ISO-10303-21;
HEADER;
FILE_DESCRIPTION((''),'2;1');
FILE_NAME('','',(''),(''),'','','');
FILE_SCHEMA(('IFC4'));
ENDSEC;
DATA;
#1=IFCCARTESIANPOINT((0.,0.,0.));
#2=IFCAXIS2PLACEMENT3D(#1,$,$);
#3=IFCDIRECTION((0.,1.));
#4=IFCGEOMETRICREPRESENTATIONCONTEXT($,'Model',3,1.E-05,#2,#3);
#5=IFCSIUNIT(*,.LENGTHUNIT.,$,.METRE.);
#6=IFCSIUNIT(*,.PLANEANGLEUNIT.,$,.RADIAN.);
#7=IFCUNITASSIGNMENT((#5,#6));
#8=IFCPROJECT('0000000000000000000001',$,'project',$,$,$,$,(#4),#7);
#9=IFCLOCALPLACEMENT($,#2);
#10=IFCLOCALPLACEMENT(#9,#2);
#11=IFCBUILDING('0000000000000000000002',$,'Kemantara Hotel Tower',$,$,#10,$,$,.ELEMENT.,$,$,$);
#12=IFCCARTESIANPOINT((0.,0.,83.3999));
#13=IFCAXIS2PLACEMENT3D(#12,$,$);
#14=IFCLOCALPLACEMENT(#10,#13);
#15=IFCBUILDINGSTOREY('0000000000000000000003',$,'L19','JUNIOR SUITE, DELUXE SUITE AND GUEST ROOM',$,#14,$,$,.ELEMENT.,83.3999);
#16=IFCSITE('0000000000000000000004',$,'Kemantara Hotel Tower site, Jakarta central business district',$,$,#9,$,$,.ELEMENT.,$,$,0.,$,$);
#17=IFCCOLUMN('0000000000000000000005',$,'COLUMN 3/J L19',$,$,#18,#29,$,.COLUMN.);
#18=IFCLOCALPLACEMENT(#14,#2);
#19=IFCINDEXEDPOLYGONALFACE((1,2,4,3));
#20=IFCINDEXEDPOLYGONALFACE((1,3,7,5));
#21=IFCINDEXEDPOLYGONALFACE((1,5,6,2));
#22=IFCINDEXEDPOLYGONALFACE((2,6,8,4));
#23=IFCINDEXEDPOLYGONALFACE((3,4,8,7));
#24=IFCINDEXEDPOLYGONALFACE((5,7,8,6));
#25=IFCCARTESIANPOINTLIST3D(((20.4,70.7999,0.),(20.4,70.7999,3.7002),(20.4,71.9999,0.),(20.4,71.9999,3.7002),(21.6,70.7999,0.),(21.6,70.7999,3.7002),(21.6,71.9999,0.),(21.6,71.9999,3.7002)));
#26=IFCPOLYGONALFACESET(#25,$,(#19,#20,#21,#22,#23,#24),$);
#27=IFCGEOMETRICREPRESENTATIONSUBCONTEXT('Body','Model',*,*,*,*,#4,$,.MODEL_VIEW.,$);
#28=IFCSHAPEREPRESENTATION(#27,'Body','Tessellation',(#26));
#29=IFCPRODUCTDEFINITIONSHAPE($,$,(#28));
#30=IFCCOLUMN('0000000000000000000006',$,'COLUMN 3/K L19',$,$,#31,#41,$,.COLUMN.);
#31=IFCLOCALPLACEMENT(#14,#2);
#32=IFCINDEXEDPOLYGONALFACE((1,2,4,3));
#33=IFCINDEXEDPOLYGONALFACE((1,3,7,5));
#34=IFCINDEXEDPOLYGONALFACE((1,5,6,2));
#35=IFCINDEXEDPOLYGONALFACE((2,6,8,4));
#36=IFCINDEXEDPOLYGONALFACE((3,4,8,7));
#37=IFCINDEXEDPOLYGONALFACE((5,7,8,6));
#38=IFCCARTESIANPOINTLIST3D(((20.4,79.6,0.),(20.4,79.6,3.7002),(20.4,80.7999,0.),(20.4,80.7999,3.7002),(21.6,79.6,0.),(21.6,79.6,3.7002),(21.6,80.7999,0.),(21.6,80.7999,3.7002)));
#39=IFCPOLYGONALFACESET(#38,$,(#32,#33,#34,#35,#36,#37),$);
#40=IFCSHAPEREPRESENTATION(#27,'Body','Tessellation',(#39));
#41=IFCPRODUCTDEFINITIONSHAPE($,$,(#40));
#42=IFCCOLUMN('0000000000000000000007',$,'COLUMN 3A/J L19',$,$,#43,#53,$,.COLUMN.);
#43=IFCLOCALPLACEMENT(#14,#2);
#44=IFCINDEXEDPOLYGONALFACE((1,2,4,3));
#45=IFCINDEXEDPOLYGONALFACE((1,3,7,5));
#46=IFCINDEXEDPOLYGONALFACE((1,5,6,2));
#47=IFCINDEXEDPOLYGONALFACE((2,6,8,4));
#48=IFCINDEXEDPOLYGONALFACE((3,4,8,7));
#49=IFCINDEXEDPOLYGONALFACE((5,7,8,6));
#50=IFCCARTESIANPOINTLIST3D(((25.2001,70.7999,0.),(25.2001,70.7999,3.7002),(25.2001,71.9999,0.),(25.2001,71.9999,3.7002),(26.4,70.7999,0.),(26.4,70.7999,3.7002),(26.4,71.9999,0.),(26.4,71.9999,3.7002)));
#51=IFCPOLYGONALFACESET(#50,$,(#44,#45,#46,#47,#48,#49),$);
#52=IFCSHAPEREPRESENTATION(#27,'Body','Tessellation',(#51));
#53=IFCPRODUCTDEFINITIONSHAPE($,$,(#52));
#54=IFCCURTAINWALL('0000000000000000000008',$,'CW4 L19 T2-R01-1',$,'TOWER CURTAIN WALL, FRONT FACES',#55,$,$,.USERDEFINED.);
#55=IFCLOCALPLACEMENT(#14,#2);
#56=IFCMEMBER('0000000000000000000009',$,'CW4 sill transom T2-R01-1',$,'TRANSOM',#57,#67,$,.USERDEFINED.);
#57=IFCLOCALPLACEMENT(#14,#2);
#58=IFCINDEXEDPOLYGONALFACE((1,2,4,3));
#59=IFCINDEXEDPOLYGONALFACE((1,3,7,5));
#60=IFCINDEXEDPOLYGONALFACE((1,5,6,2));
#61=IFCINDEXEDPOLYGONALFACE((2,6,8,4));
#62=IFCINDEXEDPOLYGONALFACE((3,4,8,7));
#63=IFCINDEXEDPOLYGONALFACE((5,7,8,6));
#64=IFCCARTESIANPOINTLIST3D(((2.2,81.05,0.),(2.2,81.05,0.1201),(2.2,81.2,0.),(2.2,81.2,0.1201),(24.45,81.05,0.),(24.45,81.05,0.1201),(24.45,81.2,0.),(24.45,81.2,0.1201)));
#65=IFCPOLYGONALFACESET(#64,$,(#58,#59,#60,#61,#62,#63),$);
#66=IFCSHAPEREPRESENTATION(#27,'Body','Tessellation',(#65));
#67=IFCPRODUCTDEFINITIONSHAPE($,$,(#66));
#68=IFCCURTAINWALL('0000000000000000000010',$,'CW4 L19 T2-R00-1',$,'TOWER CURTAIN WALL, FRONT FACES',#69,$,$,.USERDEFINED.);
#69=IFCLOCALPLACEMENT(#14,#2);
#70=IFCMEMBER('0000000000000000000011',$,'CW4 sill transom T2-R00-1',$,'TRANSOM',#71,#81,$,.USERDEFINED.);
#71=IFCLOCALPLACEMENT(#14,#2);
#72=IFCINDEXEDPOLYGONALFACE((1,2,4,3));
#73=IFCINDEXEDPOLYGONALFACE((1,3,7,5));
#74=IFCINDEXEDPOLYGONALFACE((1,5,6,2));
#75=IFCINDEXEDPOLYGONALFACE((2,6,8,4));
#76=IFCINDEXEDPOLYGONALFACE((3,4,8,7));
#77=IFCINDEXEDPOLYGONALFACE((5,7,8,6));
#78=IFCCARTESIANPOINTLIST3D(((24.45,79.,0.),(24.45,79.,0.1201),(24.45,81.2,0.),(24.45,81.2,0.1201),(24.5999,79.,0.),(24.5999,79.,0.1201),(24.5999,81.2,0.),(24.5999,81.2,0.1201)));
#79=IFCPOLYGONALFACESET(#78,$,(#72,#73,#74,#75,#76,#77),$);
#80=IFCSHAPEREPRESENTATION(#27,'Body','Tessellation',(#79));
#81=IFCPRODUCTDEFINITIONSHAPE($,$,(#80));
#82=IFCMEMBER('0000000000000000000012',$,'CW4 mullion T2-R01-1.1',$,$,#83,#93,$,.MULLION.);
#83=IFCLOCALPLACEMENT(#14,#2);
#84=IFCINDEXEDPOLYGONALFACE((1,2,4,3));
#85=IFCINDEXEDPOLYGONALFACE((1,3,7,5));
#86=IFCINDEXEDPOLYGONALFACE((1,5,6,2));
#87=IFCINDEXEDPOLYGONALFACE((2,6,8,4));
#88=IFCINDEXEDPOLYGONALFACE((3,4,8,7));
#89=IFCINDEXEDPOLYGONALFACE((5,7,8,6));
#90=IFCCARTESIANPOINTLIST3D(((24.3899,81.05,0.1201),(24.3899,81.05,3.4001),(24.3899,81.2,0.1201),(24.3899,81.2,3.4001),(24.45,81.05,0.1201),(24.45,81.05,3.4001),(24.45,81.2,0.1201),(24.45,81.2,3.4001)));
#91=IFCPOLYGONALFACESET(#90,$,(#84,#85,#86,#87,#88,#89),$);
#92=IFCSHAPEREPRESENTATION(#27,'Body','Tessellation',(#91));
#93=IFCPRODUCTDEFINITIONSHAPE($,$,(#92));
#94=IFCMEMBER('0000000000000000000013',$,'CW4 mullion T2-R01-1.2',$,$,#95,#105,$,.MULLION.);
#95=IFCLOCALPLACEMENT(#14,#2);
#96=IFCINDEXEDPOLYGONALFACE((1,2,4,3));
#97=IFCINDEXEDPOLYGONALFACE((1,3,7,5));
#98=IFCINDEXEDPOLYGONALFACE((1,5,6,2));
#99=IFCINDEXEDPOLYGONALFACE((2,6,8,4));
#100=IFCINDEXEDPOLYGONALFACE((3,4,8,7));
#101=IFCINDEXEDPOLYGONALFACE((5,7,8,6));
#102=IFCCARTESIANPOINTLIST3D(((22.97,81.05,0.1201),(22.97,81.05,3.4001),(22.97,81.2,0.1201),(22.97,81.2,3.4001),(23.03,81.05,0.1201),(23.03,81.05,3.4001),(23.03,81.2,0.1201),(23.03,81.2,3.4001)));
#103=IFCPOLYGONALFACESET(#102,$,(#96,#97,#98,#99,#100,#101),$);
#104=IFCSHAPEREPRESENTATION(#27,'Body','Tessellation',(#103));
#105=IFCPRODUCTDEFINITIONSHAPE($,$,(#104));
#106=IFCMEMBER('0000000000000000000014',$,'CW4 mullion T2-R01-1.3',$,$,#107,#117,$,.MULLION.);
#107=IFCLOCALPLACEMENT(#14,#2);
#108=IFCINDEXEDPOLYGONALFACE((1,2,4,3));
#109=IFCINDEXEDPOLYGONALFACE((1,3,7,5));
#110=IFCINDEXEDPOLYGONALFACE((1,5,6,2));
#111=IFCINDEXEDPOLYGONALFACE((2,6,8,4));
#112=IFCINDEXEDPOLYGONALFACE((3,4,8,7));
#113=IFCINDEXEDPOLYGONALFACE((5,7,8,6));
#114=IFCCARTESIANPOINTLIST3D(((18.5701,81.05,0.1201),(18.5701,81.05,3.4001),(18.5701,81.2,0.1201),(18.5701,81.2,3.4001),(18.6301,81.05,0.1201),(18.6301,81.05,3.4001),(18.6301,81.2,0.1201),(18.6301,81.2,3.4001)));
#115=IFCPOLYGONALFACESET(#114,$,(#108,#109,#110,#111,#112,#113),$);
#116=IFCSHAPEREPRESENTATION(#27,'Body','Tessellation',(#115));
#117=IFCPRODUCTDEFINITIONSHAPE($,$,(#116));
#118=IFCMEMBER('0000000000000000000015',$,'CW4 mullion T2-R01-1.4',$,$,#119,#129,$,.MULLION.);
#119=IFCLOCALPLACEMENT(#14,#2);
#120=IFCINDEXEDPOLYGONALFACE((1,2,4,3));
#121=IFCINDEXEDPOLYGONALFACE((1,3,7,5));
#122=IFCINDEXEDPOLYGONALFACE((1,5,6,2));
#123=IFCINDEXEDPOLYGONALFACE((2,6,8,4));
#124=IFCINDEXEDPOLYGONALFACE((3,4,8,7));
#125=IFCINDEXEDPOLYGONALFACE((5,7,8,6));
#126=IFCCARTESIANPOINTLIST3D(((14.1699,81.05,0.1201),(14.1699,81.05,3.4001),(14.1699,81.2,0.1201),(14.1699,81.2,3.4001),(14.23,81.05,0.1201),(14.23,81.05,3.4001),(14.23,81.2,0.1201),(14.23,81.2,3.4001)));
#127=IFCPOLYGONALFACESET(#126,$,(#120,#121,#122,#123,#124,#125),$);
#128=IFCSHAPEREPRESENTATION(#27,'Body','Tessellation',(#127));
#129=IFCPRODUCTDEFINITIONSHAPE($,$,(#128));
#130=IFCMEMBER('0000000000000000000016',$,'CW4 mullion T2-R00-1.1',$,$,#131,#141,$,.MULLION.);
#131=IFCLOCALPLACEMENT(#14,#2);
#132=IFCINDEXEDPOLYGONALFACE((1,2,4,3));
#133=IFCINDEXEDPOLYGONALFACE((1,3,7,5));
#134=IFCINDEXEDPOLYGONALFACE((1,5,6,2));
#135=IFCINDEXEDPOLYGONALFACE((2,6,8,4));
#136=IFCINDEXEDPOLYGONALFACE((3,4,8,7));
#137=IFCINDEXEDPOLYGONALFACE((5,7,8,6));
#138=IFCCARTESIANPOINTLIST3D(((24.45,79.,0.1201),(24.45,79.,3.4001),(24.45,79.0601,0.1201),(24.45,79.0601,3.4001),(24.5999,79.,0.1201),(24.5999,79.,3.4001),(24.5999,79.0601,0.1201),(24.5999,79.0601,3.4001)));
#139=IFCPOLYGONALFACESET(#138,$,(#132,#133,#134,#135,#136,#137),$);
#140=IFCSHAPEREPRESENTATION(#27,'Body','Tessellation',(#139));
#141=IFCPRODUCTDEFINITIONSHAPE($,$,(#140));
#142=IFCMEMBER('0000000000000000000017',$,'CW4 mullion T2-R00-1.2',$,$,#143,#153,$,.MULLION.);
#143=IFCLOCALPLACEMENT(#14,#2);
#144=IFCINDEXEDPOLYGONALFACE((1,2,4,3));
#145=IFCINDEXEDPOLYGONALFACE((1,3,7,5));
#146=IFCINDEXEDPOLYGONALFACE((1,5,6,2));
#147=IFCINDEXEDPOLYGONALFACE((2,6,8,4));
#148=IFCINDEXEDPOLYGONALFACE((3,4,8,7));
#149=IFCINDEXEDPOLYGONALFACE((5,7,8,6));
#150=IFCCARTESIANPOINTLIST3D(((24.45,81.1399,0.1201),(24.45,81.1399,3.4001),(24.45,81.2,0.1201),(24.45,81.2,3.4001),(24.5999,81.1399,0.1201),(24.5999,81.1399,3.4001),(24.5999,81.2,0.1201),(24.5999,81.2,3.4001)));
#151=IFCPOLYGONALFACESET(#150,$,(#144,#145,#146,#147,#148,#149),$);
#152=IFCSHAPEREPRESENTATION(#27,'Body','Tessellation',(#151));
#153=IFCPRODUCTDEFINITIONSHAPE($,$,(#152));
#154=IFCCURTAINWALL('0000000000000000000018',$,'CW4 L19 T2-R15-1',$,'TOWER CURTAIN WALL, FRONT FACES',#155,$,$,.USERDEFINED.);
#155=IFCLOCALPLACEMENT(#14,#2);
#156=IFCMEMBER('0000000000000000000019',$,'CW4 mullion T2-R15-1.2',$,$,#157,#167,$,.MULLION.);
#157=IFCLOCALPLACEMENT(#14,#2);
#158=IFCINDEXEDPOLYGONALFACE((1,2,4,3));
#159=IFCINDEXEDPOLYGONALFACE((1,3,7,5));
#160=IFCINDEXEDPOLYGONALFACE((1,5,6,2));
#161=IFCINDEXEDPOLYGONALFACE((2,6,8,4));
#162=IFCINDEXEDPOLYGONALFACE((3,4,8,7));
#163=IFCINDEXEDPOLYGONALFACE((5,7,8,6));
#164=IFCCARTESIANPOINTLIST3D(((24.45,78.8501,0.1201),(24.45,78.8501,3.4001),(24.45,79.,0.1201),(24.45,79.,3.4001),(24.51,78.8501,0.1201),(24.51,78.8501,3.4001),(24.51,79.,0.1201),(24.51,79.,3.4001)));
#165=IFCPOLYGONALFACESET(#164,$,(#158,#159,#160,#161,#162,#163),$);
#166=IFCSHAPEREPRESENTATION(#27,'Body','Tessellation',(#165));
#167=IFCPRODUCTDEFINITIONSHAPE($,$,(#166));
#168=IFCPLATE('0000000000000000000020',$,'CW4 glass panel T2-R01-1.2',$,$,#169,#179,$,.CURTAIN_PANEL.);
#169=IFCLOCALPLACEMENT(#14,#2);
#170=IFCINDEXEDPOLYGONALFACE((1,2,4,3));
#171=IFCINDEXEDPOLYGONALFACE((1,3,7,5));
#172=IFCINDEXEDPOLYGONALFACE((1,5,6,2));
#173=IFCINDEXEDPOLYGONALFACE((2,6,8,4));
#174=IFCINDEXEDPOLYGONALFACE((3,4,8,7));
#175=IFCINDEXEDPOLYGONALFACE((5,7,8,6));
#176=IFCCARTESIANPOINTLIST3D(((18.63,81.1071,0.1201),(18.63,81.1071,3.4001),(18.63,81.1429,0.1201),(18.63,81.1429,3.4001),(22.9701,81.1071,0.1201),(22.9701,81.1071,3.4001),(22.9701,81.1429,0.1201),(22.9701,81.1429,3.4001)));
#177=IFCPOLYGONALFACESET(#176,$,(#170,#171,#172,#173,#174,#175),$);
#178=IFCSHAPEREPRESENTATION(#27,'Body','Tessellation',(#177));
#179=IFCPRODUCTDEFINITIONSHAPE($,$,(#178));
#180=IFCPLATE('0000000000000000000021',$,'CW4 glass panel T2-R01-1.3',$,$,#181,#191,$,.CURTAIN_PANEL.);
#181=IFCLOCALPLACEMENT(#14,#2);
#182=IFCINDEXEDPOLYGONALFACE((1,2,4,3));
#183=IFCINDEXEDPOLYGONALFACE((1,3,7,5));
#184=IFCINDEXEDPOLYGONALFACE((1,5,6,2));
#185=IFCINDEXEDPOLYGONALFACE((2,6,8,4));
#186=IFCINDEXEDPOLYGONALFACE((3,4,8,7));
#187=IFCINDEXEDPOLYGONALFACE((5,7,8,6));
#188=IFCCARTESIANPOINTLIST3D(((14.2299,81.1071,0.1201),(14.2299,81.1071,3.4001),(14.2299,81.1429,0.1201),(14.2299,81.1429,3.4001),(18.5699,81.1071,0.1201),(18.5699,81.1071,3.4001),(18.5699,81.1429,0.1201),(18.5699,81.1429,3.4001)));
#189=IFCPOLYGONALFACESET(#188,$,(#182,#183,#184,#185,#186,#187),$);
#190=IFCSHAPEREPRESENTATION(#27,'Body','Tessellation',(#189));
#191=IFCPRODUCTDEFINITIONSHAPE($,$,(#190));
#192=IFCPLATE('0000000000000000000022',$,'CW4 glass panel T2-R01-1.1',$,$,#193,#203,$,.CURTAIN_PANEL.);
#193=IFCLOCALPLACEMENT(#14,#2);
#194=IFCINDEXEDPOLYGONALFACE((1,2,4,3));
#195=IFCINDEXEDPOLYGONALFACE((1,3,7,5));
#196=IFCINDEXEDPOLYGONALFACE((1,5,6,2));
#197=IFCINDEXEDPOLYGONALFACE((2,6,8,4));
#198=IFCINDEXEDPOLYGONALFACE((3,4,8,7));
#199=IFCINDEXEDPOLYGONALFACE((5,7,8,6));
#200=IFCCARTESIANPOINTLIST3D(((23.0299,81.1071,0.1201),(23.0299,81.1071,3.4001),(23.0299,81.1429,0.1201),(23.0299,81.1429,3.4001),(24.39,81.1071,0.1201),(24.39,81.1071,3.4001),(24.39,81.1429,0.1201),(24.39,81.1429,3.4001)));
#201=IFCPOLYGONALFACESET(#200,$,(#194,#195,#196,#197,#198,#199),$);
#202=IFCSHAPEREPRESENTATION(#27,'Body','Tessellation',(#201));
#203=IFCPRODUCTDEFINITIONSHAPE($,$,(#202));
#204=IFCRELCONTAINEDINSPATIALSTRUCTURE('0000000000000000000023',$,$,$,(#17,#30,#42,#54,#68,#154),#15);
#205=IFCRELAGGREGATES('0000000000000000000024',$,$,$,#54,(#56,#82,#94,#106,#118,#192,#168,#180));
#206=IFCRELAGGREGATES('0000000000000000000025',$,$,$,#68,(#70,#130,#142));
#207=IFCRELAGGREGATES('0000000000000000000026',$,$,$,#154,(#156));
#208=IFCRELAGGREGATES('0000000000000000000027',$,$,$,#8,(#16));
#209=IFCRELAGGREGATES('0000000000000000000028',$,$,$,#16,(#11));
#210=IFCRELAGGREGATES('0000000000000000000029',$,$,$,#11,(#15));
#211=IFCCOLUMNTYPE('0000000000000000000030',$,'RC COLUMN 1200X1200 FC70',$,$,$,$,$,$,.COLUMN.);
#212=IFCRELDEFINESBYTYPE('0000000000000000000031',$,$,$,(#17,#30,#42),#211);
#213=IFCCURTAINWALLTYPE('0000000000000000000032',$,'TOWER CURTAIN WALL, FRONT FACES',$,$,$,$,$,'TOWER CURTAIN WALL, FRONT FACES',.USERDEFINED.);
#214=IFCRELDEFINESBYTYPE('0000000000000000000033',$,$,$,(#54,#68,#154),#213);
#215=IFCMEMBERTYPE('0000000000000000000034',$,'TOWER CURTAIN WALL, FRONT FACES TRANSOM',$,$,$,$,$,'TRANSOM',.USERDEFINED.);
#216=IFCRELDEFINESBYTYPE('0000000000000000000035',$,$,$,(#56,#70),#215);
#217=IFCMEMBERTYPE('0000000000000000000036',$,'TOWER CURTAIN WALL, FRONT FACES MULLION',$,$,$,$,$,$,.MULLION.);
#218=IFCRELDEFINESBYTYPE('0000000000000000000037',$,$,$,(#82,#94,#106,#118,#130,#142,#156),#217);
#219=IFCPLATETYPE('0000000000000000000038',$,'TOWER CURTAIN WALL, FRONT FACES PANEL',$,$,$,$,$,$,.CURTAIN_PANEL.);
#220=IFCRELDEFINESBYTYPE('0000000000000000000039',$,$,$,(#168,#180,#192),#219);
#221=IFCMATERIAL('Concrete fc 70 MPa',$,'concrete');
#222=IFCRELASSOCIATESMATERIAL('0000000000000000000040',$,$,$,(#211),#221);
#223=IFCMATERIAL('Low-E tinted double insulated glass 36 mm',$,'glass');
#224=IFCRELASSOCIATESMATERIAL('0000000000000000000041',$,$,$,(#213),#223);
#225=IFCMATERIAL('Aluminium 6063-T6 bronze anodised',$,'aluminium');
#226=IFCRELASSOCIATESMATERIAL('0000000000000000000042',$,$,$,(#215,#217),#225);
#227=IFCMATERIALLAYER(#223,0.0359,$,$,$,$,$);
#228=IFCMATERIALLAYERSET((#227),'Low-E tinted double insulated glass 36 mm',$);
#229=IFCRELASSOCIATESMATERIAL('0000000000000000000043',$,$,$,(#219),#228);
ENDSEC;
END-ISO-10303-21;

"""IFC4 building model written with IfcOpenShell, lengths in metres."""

from ifc_helpers import new_model, si_unit, direction, frame, origin, origin_2d, place, context, subcontext, project, spatial, rectangle, extrude, source, transform, mapped, material, layer, layer_set, material_profile, profile_set, type_object, element, aggregate, save


model = new_model("IFC4")

# Units and contexts
model_context = context("Model", 3, precision=1e-05, world=origin(), true_north=direction((0.0, 1.0)))
body_context = subcontext(model_context, "Body", "Model", "MODEL_VIEW")
ifc_project = project(units=[si_unit("LENGTHUNIT", "METRE"), si_unit("PLANEANGLEUNIT", "RADIAN")], contexts=[model_context])

# Site, building, storey
site_placement = place(None, origin())
site = spatial("IfcSite", under=ifc_project, at=site_placement, Name="Kemantara Hotel Tower site, Jakarta central business district", CompositionType="ELEMENT", RefElevation=0.0)
building_placement = place(site_placement, origin())
building = spatial("IfcBuilding", under=site, at=building_placement, Name="Kemantara Hotel Tower", CompositionType="ELEMENT")
storey_placement = place(building_placement, frame((0.0, 0.0, 83.3999)))
storey = spatial("IfcBuildingStorey", under=building, at=storey_placement, Name="L19", Description="JUNIOR SUITE, DELUXE SUITE AND GUEST ROOM", CompositionType="ELEMENT", Elevation=83.3999)

# Columns
ifc_material_1 = material(Name="Concrete fc 70 MPa", Category="concrete")
ifc_material_profile_1 = material_profile(ifc_material_1, rectangle(XDim=1.2, YDim=1.2, at=origin_2d()), Name="RC 1200X1200")
ifc_profile_set_1 = profile_set([ifc_material_profile_1], Name="Concrete fc 70 MPa")
column_type = type_object("IfcColumnType", Name="RC COLUMN 1200X1200 FC70", PredefinedType="COLUMN", material=ifc_profile_set_1)
for number, where, z_axis, x_axis, name in (
    (1, (21.0, 71.3999, 0.0), (0.0, 0.0, 1.0), (1.0, 0.0, 0.0), "COLUMN 3/J L19"),
    (2, (21.0, 80.2, 0.0), (0.0, 0.0, 1.0), (1.0, 0.0, 0.0), "COLUMN 3/K L19"),
    (3, (25.8, 71.3999, 0.0), (0.0, 0.0, 1.0), (1.0, 0.0, 0.0), "COLUMN 3A/J L19"),
):
    element("IfcColumn", number, at=place(storey_placement, frame(where, z_axis=z_axis, x_axis=x_axis)), inside=storey, type_object=column_type, Name=name, PredefinedType="COLUMN", context=body_context, shape_type="SweptSolid", body=[
        extrude(rectangle(XDim=1.2, YDim=1.2, at=origin_2d()), origin(), (0.0, 0.0, 1.0), 3.7002),
    ])

# Curtain walls, members
ifc_material_2 = material(Name="Low-E tinted double insulated glass 36 mm", Category="glass")
curtain_wall_type = type_object("IfcCurtainWallType", Name="TOWER CURTAIN WALL, FRONT FACES", ElementType="TOWER CURTAIN WALL, FRONT FACES", PredefinedType="USERDEFINED", material=ifc_material_2)
curtain_wall_1_placement = place(storey_placement, origin())
curtain_wall_1 = element("IfcCurtainWall", 4, at=curtain_wall_1_placement, inside=storey, type_object=curtain_wall_type, Name="CW4 L19 T2-R01-1", ObjectType="TOWER CURTAIN WALL, FRONT FACES", PredefinedType="USERDEFINED")
ifc_material_3 = material(Name="Aluminium 6063-T6 bronze anodised", Category="aluminium")
ifc_material_profile_2 = material_profile(ifc_material_3, rectangle(XDim=0.1499, YDim=0.1201, at=origin_2d()), Name="TOWER CURTAIN WALL, FRONT FACES TRANSOM")
ifc_profile_set_2 = profile_set([ifc_material_profile_2], Name="Aluminium 6063-T6 bronze anodised")
member_type_1 = type_object("IfcMemberType", Name="TOWER CURTAIN WALL, FRONT FACES TRANSOM", ElementType="TRANSOM", PredefinedType="USERDEFINED", material=ifc_profile_set_2)
member_1_placement = place(storey_placement, frame((24.45, 81.125, 0.0601), z_axis=(-1.0, 0.0, 0.0), x_axis=(0.0, -1.0, 0.0)))
member_1 = element("IfcMember", 5, at=member_1_placement, type_object=member_type_1, Name="CW4 sill transom T2-R01-1", ObjectType="TRANSOM", PredefinedType="USERDEFINED", context=body_context, shape_type="SweptSolid", body=[
    extrude(rectangle(XDim=0.1499, YDim=0.1201, at=origin_2d()), origin(), (0.0, 0.0, 1.0), 22.25),
])
curtain_wall_2_placement = place(storey_placement, origin())
curtain_wall_2 = element("IfcCurtainWall", 6, at=curtain_wall_2_placement, inside=storey, type_object=curtain_wall_type, Name="CW4 L19 T2-R00-1", ObjectType="TOWER CURTAIN WALL, FRONT FACES", PredefinedType="USERDEFINED")
member_2_placement = place(storey_placement, frame((24.5249, 79.0, 0.0601), z_axis=(0.0, 1.0, 0.0), x_axis=(-1.0, 0.0, 0.0)))
member_2 = element("IfcMember", 7, at=member_2_placement, type_object=member_type_1, Name="CW4 sill transom T2-R00-1", ObjectType="TRANSOM", PredefinedType="USERDEFINED", context=body_context, shape_type="SweptSolid", body=[
    extrude(rectangle(XDim=0.1499, YDim=0.1201, at=origin_2d()), origin(), (0.0, 0.0, 1.0), 2.2),
])

# Members
ifc_material_profile_3 = material_profile(ifc_material_3, rectangle(XDim=0.1499, YDim=0.0601, at=origin_2d()), Name="TOWER CURTAIN WALL, FRONT FACES MULLION")
ifc_profile_set_3 = profile_set([ifc_material_profile_3], Name="Aluminium 6063-T6 bronze anodised")
member_type_2 = type_object("IfcMemberType", Name="TOWER CURTAIN WALL, FRONT FACES MULLION", PredefinedType="MULLION", material=ifc_profile_set_3)
shared_shape_1 = source(origin(), body_context, "Body", "SweptSolid", [
    extrude(rectangle(XDim=0.1499, YDim=0.0601, at=origin_2d()), origin(), (0.0, 0.0, 1.0), 3.28),
])
member_3_placement = place(storey_placement, frame((24.4199, 81.125, 0.1201), z_axis=(0.0, 0.0, 1.0), x_axis=(0.0, -1.0, 0.0)))
member_3 = element("IfcMember", 8, at=member_3_placement, type_object=member_type_2, Name="CW4 mullion T2-R01-1.1", PredefinedType="MULLION", context=body_context, shape_type="MappedRepresentation", body=[
    mapped(shared_shape_1, transform((0.0, 0.0, 0.0))),
])
member_4_placement = place(storey_placement, frame((23.0, 81.125, 0.1201), z_axis=(0.0, 0.0, 1.0), x_axis=(0.0, -1.0, 0.0)))
member_4 = element("IfcMember", 9, at=member_4_placement, type_object=member_type_2, Name="CW4 mullion T2-R01-1.2", PredefinedType="MULLION", context=body_context, shape_type="MappedRepresentation", body=[
    mapped(shared_shape_1, transform((0.0, 0.0, 0.0))),
])
member_5_placement = place(storey_placement, frame((18.6001, 81.125, 0.1201), z_axis=(0.0, 0.0, 1.0), x_axis=(0.0, -1.0, 0.0)))
member_5 = element("IfcMember", 10, at=member_5_placement, type_object=member_type_2, Name="CW4 mullion T2-R01-1.3", PredefinedType="MULLION", context=body_context, shape_type="MappedRepresentation", body=[
    mapped(shared_shape_1, transform((0.0, 0.0, 0.0))),
])
member_6_placement = place(storey_placement, frame((14.2, 81.125, 0.1201), z_axis=(0.0, 0.0, 1.0), x_axis=(0.0, -1.0, 0.0)))
member_6 = element("IfcMember", 11, at=member_6_placement, type_object=member_type_2, Name="CW4 mullion T2-R01-1.4", PredefinedType="MULLION", context=body_context, shape_type="MappedRepresentation", body=[
    mapped(shared_shape_1, transform((0.0, 0.0, 0.0))),
])
member_7_placement = place(storey_placement, frame((24.5249, 79.03, 0.1201), z_axis=(0.0, 0.0, 1.0), x_axis=(-1.0, 0.0, 0.0)))
member_7 = element("IfcMember", 12, at=member_7_placement, type_object=member_type_2, Name="CW4 mullion T2-R00-1.1", PredefinedType="MULLION", context=body_context, shape_type="MappedRepresentation", body=[
    mapped(shared_shape_1, transform((0.0, 0.0, 0.0))),
])
member_8_placement = place(storey_placement, frame((24.5249, 81.1699, 0.1201), z_axis=(0.0, 0.0, 1.0), x_axis=(-1.0, 0.0, 0.0)))
member_8 = element("IfcMember", 13, at=member_8_placement, type_object=member_type_2, Name="CW4 mullion T2-R00-1.2", PredefinedType="MULLION", context=body_context, shape_type="MappedRepresentation", body=[
    mapped(shared_shape_1, transform((0.0, 0.0, 0.0))),
])

# Curtain wall, member
curtain_wall_3_placement = place(storey_placement, origin())
curtain_wall_3 = element("IfcCurtainWall", 14, at=curtain_wall_3_placement, inside=storey, type_object=curtain_wall_type, Name="CW4 L19 T2-R15-1", ObjectType="TOWER CURTAIN WALL, FRONT FACES", PredefinedType="USERDEFINED")
member_9_placement = place(storey_placement, frame((24.48, 78.925, 0.1201), z_axis=(0.0, 0.0, 1.0), x_axis=(0.0, -1.0, 0.0)))
member_9 = element("IfcMember", 15, at=member_9_placement, type_object=member_type_2, Name="CW4 mullion T2-R15-1.2", PredefinedType="MULLION", context=body_context, shape_type="MappedRepresentation", body=[
    mapped(shared_shape_1, transform((0.0, 0.0, 0.0))),
])

# Plates
ifc_layer_1 = layer(ifc_material_2, 0.0359)
ifc_layer_set_1 = layer_set([ifc_layer_1], Name="Low-E tinted double insulated glass 36 mm")
plate_type = type_object("IfcPlateType", Name="TOWER CURTAIN WALL, FRONT FACES PANEL", PredefinedType="CURTAIN_PANEL", material=ifc_layer_set_1)
shared_shape_2 = source(origin(), body_context, "Body", "SweptSolid", [
    extrude(rectangle(XDim=4.3401, YDim=0.0359, at=origin_2d()), origin(), (0.0, 0.0, 1.0), 3.28),
])
plate_1_placement = place(storey_placement, frame((20.8, 81.125, 0.1201), z_axis=(0.0, 0.0, 1.0), x_axis=(-1.0, 0.0, 0.0)))
plate_1 = element("IfcPlate", 16, at=plate_1_placement, type_object=plate_type, Name="CW4 glass panel T2-R01-1.2", PredefinedType="CURTAIN_PANEL", context=body_context, shape_type="MappedRepresentation", body=[
    mapped(shared_shape_2, transform((0.0, 0.0, 0.0))),
])
plate_2_placement = place(storey_placement, frame((16.3999, 81.125, 0.1201), z_axis=(0.0, 0.0, 1.0), x_axis=(-1.0, 0.0, 0.0)))
plate_2 = element("IfcPlate", 17, at=plate_2_placement, type_object=plate_type, Name="CW4 glass panel T2-R01-1.3", PredefinedType="CURTAIN_PANEL", context=body_context, shape_type="MappedRepresentation", body=[
    mapped(shared_shape_2, transform((0.0, 0.0, 0.0))),
])
shared_shape_3 = source(origin(), body_context, "Body", "SweptSolid", [
    extrude(rectangle(XDim=1.3601, YDim=0.0359, at=origin_2d()), origin(), (0.0, 0.0, 1.0), 3.28),
])
plate_3_placement = place(storey_placement, frame((23.71, 81.125, 0.1201), z_axis=(0.0, 0.0, 1.0), x_axis=(-1.0, 0.0, 0.0)))
plate_3 = element("IfcPlate", 18, at=plate_3_placement, type_object=plate_type, Name="CW4 glass panel T2-R01-1.1", PredefinedType="CURTAIN_PANEL", context=body_context, shape_type="MappedRepresentation", body=[
    mapped(shared_shape_3, transform((0.0, 0.0, 0.0))),
])
aggregate(curtain_wall_1, [member_1, member_3, member_4, member_5, member_6, plate_3, plate_1, plate_2])
aggregate(curtain_wall_2, [member_2, member_7, member_8])
aggregate(curtain_wall_3, [member_9])

save(model, "model.ifc")
